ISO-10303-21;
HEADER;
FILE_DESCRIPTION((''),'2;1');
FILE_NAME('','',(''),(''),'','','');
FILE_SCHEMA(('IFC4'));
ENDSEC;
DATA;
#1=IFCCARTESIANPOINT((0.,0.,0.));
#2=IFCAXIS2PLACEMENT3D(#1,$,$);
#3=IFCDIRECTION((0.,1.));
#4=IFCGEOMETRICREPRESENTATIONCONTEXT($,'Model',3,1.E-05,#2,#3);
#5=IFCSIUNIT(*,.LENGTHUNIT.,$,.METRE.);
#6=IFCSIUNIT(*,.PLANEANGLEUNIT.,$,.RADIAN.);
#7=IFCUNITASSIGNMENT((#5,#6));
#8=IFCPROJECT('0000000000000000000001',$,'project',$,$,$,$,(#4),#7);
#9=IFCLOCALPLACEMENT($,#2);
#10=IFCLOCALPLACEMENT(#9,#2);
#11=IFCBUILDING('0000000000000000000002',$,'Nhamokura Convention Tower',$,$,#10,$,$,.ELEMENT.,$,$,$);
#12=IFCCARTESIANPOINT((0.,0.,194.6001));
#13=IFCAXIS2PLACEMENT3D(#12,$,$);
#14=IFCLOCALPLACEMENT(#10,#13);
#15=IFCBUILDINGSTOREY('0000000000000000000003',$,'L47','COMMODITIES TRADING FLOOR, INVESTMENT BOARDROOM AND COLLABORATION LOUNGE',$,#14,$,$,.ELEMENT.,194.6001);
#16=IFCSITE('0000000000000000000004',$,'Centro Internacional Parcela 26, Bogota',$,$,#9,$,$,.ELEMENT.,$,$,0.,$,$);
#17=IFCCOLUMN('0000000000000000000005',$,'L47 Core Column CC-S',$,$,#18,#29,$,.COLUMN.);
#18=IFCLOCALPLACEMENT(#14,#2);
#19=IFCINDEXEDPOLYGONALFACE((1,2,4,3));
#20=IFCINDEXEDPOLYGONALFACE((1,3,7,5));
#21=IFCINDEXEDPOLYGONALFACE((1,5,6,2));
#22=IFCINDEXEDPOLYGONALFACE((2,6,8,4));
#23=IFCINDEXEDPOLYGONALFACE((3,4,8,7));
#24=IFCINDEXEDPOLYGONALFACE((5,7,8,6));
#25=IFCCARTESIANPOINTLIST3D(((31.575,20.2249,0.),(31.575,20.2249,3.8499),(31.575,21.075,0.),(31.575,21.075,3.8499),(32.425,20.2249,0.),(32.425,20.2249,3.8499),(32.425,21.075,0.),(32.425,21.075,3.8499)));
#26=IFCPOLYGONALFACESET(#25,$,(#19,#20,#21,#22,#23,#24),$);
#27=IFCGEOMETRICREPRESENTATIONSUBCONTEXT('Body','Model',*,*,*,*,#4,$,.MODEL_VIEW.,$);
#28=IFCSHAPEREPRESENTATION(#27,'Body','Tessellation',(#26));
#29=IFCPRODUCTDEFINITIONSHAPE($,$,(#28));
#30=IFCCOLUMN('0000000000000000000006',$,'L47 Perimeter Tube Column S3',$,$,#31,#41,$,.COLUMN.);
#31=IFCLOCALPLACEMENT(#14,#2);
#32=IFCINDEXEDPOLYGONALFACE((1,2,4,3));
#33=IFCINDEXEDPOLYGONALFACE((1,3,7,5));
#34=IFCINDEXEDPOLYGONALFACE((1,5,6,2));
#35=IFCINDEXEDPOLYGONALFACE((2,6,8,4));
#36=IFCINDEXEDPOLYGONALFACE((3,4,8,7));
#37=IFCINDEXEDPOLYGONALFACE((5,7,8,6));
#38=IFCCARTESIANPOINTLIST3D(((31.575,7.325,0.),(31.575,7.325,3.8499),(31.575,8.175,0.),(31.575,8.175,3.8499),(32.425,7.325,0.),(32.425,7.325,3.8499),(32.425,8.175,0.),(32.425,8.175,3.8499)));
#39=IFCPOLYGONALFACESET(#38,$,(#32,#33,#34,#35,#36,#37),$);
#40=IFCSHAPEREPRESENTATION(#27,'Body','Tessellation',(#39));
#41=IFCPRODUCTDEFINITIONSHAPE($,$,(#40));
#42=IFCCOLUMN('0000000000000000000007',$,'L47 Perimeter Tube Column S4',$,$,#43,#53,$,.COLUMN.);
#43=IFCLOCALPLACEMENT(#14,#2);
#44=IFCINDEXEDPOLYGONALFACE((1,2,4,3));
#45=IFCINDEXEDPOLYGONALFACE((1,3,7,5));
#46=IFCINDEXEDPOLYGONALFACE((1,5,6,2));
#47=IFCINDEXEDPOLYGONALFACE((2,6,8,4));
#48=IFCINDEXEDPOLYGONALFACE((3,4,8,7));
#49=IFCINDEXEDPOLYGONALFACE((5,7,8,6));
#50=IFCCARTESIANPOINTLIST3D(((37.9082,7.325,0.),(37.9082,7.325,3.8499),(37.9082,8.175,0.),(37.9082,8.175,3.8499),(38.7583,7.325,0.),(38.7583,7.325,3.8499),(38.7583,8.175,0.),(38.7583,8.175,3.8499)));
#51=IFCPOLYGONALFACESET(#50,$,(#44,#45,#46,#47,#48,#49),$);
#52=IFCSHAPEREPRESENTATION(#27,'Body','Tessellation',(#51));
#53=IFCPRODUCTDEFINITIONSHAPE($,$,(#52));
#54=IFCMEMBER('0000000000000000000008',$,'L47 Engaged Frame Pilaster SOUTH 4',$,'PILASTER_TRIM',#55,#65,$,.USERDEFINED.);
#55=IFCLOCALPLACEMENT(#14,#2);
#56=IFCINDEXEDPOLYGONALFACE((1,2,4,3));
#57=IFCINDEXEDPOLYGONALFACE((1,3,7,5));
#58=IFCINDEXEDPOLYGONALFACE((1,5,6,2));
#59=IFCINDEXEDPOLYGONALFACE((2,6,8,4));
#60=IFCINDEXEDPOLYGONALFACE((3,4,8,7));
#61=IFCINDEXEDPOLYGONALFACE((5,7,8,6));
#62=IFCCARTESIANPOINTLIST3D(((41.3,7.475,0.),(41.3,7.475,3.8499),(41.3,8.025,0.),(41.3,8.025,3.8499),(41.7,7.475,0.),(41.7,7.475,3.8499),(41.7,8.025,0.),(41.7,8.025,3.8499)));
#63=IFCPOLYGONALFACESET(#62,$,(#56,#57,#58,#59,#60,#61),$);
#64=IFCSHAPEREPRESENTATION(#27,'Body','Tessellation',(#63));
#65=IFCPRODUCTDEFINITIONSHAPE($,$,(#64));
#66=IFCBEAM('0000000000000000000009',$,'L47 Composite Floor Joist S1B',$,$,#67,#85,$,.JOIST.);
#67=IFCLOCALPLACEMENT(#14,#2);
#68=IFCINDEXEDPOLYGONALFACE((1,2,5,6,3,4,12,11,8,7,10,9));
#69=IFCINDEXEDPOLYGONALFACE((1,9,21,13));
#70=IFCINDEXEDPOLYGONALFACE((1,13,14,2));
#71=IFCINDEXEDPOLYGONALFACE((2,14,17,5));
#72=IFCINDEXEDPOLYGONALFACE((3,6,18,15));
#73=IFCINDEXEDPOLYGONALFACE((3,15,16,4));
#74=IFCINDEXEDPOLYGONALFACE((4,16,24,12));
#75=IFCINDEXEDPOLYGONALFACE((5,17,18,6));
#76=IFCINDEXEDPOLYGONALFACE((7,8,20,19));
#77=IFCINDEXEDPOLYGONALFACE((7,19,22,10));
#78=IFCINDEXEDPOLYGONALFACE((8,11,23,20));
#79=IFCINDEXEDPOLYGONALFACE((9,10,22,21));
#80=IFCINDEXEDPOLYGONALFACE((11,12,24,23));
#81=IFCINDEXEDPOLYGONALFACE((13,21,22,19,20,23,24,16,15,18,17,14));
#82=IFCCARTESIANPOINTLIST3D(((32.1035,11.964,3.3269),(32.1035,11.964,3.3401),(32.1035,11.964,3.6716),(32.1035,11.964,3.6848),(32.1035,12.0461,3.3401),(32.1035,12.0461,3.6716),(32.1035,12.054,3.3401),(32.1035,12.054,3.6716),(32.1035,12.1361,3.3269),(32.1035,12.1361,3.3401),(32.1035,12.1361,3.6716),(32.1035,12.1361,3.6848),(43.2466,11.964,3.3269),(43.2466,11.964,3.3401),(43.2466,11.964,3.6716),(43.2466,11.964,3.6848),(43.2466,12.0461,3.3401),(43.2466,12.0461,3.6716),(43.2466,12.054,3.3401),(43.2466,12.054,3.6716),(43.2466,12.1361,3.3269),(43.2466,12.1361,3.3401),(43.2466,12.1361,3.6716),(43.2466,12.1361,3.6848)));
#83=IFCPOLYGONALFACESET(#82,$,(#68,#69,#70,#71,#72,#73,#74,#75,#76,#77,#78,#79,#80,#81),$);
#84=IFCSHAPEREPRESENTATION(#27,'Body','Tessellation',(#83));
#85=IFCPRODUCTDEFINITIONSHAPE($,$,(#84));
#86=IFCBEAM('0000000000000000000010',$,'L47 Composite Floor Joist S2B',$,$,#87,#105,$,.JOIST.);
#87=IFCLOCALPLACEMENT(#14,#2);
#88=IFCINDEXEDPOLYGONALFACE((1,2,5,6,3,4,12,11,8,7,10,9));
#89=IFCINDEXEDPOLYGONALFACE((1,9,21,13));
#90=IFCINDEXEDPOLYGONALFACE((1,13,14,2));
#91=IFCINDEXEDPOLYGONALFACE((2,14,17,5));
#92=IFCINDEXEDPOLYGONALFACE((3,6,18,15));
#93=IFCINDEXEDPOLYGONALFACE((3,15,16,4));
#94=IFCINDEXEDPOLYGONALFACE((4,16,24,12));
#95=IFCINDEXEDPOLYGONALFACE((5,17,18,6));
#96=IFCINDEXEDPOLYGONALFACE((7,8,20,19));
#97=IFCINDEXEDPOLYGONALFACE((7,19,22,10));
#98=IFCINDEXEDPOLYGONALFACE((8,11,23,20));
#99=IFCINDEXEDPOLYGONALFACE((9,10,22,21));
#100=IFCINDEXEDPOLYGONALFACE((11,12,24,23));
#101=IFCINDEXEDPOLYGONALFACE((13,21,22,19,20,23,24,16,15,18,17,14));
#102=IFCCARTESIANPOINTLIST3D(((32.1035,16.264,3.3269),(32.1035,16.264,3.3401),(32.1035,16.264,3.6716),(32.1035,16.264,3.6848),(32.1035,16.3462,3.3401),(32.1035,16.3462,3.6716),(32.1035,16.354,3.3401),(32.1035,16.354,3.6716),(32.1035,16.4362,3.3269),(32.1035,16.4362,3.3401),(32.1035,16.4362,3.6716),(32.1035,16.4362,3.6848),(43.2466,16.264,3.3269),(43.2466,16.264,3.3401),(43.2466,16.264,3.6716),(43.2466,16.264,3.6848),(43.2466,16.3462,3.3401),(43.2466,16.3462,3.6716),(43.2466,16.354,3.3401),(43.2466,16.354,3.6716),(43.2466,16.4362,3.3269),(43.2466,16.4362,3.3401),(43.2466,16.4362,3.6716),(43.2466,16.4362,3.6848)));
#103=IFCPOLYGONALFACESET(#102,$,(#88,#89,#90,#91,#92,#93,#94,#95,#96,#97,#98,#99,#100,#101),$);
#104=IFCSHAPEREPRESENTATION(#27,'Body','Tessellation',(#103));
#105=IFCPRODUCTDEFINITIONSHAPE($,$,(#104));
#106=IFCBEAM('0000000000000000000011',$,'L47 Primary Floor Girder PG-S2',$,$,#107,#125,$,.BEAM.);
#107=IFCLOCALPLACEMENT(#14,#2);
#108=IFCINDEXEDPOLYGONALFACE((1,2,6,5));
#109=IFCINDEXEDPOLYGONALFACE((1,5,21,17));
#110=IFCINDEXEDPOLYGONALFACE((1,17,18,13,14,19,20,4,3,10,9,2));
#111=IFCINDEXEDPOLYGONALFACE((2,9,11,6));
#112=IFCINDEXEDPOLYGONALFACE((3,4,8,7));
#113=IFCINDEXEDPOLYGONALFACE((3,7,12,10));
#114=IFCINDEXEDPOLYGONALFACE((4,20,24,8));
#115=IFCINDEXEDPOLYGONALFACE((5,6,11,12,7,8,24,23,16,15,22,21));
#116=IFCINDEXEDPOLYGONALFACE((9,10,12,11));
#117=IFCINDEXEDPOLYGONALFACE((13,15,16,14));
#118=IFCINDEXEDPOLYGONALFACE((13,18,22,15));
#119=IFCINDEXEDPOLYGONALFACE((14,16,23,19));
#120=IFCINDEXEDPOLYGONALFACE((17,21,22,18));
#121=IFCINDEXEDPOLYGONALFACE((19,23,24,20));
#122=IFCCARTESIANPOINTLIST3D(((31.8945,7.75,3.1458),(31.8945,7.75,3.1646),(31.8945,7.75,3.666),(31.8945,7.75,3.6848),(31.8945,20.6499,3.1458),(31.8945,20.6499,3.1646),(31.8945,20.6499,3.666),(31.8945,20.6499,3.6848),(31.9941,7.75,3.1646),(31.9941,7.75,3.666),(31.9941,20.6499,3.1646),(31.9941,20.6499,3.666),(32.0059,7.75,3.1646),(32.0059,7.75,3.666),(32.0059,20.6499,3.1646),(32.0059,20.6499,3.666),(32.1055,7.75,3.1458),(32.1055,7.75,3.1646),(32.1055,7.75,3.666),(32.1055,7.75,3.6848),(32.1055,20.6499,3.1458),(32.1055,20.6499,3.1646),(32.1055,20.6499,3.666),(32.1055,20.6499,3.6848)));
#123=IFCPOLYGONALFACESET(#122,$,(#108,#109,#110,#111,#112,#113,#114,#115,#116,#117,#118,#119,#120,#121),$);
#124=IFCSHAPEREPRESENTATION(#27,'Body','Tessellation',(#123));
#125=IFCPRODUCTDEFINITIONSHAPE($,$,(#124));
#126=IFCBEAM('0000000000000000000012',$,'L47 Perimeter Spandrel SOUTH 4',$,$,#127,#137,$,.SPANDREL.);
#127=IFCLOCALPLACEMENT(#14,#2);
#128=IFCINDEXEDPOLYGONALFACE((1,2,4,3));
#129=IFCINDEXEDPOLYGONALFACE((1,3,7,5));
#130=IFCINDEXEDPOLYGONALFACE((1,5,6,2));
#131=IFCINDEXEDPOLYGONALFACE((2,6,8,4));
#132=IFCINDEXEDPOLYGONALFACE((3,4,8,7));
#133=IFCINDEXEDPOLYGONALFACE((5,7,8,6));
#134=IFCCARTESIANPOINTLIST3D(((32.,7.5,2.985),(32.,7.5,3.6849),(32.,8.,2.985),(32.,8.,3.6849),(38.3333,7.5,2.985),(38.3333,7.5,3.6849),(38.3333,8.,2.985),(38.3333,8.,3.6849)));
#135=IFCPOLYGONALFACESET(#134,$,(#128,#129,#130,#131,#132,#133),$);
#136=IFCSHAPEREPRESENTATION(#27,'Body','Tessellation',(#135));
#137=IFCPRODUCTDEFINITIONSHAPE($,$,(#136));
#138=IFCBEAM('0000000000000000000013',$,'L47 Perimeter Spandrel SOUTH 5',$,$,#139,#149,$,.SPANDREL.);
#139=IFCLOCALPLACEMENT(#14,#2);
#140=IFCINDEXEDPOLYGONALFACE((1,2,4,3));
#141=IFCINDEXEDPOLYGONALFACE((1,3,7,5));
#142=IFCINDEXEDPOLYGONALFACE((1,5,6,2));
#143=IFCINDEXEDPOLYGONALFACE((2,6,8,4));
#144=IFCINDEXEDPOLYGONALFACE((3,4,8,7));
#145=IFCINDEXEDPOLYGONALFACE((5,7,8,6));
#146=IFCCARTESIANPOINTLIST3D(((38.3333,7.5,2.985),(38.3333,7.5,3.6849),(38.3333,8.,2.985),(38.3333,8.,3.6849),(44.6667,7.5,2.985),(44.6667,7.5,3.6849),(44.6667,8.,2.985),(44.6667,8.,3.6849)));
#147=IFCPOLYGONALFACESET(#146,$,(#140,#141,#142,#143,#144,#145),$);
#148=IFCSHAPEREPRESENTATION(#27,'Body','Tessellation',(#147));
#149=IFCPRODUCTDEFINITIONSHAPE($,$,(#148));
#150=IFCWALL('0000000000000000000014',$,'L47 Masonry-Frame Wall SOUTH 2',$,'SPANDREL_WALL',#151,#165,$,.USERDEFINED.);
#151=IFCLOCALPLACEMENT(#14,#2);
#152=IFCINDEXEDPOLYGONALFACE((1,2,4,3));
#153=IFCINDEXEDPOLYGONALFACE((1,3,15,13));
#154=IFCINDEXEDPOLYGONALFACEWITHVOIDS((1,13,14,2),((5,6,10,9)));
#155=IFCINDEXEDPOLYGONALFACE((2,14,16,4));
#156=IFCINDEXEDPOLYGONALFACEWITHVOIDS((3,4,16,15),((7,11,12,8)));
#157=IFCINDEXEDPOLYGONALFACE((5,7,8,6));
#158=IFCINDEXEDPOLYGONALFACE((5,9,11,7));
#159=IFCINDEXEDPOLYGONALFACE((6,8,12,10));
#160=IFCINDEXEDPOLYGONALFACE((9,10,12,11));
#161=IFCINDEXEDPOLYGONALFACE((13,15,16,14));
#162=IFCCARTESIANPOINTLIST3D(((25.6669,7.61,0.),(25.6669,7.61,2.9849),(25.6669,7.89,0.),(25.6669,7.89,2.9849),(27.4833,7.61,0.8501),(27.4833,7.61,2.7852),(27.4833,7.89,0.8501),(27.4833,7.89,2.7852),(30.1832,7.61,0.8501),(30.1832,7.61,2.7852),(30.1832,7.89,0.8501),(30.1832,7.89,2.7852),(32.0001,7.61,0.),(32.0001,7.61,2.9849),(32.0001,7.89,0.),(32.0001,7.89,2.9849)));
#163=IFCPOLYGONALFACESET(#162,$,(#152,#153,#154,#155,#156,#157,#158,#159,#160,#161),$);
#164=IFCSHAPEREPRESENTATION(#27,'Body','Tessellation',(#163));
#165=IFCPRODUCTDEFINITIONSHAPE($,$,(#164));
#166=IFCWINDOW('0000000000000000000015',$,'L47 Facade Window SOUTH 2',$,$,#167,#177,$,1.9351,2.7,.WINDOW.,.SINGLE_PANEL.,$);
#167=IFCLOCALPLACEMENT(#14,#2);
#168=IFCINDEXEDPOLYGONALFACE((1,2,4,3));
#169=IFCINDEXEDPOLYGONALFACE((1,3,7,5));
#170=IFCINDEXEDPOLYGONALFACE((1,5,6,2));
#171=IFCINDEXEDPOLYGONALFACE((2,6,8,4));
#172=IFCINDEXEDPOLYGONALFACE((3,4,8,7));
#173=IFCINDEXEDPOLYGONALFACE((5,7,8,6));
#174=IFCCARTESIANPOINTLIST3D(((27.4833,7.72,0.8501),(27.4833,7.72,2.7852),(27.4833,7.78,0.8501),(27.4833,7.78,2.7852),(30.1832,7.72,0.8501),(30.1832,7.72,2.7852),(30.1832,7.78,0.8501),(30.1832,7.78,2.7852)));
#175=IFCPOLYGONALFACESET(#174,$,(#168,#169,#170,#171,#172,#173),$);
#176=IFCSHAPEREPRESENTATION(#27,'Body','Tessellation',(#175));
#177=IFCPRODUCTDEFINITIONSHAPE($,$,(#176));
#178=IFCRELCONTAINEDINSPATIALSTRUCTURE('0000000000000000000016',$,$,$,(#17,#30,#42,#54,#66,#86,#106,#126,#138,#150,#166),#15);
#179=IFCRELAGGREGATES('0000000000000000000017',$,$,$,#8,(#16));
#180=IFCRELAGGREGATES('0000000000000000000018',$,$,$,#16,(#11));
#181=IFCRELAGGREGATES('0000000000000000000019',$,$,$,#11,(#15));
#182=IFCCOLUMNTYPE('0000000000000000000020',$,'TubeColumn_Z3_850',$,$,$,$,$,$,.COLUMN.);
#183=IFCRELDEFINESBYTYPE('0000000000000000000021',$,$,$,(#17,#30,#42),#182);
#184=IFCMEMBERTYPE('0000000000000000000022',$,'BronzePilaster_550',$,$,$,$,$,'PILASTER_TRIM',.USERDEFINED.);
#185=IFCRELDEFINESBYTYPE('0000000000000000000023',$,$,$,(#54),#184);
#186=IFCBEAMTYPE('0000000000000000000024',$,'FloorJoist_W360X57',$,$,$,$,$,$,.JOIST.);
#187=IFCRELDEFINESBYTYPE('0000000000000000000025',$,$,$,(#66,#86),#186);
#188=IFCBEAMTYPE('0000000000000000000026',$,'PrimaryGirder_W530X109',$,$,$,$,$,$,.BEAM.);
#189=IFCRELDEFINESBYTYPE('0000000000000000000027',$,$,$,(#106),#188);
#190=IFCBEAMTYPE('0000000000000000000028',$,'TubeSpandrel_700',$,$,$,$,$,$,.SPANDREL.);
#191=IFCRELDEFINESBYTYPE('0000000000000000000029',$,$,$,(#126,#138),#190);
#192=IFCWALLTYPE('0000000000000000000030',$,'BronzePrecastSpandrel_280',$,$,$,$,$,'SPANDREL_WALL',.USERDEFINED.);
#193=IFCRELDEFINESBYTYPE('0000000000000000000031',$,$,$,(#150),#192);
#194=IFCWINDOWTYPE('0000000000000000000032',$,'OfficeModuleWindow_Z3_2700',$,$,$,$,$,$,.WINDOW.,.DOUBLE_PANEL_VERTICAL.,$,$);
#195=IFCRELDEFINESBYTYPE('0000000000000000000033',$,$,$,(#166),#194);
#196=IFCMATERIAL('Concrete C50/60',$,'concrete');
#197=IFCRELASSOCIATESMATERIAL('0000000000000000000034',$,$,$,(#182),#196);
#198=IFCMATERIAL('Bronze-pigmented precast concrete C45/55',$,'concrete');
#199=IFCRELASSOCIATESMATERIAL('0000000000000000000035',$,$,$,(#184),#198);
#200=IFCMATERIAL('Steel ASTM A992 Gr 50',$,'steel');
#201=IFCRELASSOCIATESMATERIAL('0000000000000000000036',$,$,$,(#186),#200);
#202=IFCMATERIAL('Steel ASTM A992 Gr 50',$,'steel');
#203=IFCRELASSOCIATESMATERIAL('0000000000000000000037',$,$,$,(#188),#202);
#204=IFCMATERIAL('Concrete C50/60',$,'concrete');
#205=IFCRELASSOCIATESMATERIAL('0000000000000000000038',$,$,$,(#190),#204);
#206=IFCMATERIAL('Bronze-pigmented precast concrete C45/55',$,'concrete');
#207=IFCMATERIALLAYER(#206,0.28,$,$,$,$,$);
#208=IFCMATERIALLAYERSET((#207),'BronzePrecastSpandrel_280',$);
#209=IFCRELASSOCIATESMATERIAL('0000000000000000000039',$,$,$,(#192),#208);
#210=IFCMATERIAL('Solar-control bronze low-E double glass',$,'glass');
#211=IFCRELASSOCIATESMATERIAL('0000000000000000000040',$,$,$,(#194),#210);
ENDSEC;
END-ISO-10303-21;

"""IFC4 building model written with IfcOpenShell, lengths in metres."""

from ifc_helpers import new_model, si_unit, direction, frame, frame_2d, origin, origin_2d, place, context, subcontext, project, spatial, rectangle, i_section, extrude, material, layer, layer_set, material_profile, profile_set, type_object, element, fill, save


model = new_model("IFC4")

# Units and contexts
model_context = context("Model", 3, precision=1e-05, world=origin(), true_north=direction((0.0, 1.0)))
body_context = subcontext(model_context, "Body", "Model", "MODEL_VIEW")
ifc_project = project(units=[si_unit("LENGTHUNIT", "METRE"), si_unit("PLANEANGLEUNIT", "RADIAN")], contexts=[model_context])

# Site, building, storey
site_placement = place(None, origin())
site = spatial("IfcSite", under=ifc_project, at=site_placement, Name="Centro Internacional Parcela 26, Bogota", CompositionType="ELEMENT", RefElevation=0.0)
building_placement = place(site_placement, origin())
building = spatial("IfcBuilding", under=site, at=building_placement, Name="Nhamokura Convention Tower", CompositionType="ELEMENT")
storey_placement = place(building_placement, frame((0.0, 0.0, 194.6001)))
storey = spatial("IfcBuildingStorey", under=building, at=storey_placement, Name="L47", Description="COMMODITIES TRADING FLOOR, INVESTMENT BOARDROOM AND COLLABORATION LOUNGE", CompositionType="ELEMENT", Elevation=194.6001)

# Columns
ifc_material_1 = material(Name="Concrete C50/60", Category="concrete")
ifc_material_profile_1 = material_profile(ifc_material_1, rectangle(XDim=0.8501, YDim=0.8501, at=origin_2d()))
ifc_profile_set_1 = profile_set([ifc_material_profile_1], Name="Concrete C50/60")
column_type = type_object("IfcColumnType", Name="TubeColumn_Z3_850", PredefinedType="COLUMN", material=ifc_profile_set_1)
for number, where, z_axis, x_axis, name in (
    (1, (32.0, 20.6499, 0.0), (0.0, 0.0, 1.0), (1.0, 0.0, 0.0), "L47 Core Column CC-S"),
    (2, (32.0, 7.75, 0.0), (0.0, 0.0, 1.0), (1.0, 0.0, 0.0), "L47 Perimeter Tube Column S3"),
    (3, (38.3333, 7.75, 0.0), (0.0, 0.0, 1.0), (1.0, 0.0, 0.0), "L47 Perimeter Tube Column S4"),
):
    element("IfcColumn", number, at=place(storey_placement, frame(where, z_axis=z_axis, x_axis=x_axis)), inside=storey, type_object=column_type, Name=name, PredefinedType="COLUMN", context=body_context, shape_type="SweptSolid", body=[
        extrude(rectangle(XDim=0.8501, YDim=0.8501, at=origin_2d()), origin(), (0.0, 0.0, 1.0), 3.8499),
    ])

# Member
ifc_material_2 = material(Name="Bronze-pigmented precast concrete C45/55", Category="concrete")
ifc_material_profile_2 = material_profile(ifc_material_2, rectangle(XDim=0.3999, YDim=0.55, at=origin_2d()))
ifc_profile_set_2 = profile_set([ifc_material_profile_2], Name="Bronze-pigmented precast concrete C45/55")
member_type = type_object("IfcMemberType", Name="BronzePilaster_550", ElementType="PILASTER_TRIM", PredefinedType="USERDEFINED", material=ifc_profile_set_2)
member_placement = place(storey_placement, frame((41.5, 7.75, 0.0), z_axis=(0.0, 0.0, 1.0), x_axis=(1.0, 0.0, 0.0)))
element("IfcMember", 4, at=member_placement, inside=storey, type_object=member_type, Name="L47 Engaged Frame Pilaster SOUTH 4", ObjectType="PILASTER_TRIM", PredefinedType="USERDEFINED", context=body_context, shape_type="SweptSolid", body=[
    extrude(rectangle(XDim=0.3999, YDim=0.55, at=origin_2d()), origin(), (0.0, 0.0, 1.0), 3.8499),
])

# Beams
ifc_material_3 = material(Name="Steel ASTM A992 Gr 50", Category="steel")
ifc_material_profile_3 = material_profile(ifc_material_3, i_section(OverallWidth=0.1721, OverallDepth=0.3579, WebThickness=0.0078, FlangeThickness=0.0132, at=origin_2d()))
ifc_profile_set_3 = profile_set([ifc_material_profile_3], Name="Steel ASTM A992 Gr 50")
beam_type_1 = type_object("IfcBeamType", Name="FloorJoist_W360X57", PredefinedType="JOIST", material=ifc_profile_set_3)
for number, where, z_axis, x_axis, name in (
    (5, (32.1035, 12.05, 3.5059), (1.0, 0.0, 0.0), (0.0, 1.0, 0.0), "L47 Composite Floor Joist S1B"),
    (6, (32.1035, 16.3501, 3.5059), (1.0, 0.0, 0.0), (0.0, 1.0, 0.0), "L47 Composite Floor Joist S2B"),
):
    element("IfcBeam", number, at=place(storey_placement, frame(where, z_axis=z_axis, x_axis=x_axis)), inside=storey, type_object=beam_type_1, Name=name, PredefinedType="JOIST", context=body_context, shape_type="SweptSolid", body=[
        extrude(i_section(OverallWidth=0.1721, OverallDepth=0.3579, WebThickness=0.0078, FlangeThickness=0.0132, at=origin_2d()), origin(), (0.0, 0.0, 1.0), 11.1431),
    ])
ifc_material_4 = material(Name="Steel ASTM A992 Gr 50", Category="steel")
ifc_material_profile_4 = material_profile(ifc_material_4, i_section(OverallWidth=0.2109, OverallDepth=0.5391, WebThickness=0.0117, FlangeThickness=0.0188, at=origin_2d()))
ifc_profile_set_4 = profile_set([ifc_material_profile_4], Name="Steel ASTM A992 Gr 50")
beam_type_2 = type_object("IfcBeamType", Name="PrimaryGirder_W530X109", PredefinedType="BEAM", material=ifc_profile_set_4)
beam_1_placement = place(storey_placement, frame((32.0, 7.75, 3.4153), z_axis=(0.0, 1.0, 0.0), x_axis=(-1.0, 0.0, 0.0)))
element("IfcBeam", 7, at=beam_1_placement, inside=storey, type_object=beam_type_2, Name="L47 Primary Floor Girder PG-S2", PredefinedType="BEAM", context=body_context, shape_type="SweptSolid", body=[
    extrude(i_section(OverallWidth=0.2109, OverallDepth=0.5391, WebThickness=0.0117, FlangeThickness=0.0188, at=origin_2d()), origin(), (0.0, 0.0, 1.0), 12.8999),
])
ifc_material_5 = material(Name="Concrete C50/60", Category="concrete")
ifc_material_profile_5 = material_profile(ifc_material_5, rectangle(XDim=0.5, YDim=0.7, at=origin_2d()))
ifc_profile_set_5 = profile_set([ifc_material_profile_5], Name="Concrete C50/60")
beam_type_3 = type_object("IfcBeamType", Name="TubeSpandrel_700", PredefinedType="SPANDREL", material=ifc_profile_set_5)
beam_2_placement = place(storey_placement, frame((32.0, 7.75, 3.335), z_axis=(1.0, 0.0, 0.0), x_axis=(0.0, 1.0, 0.0)))
element("IfcBeam", 8, at=beam_2_placement, inside=storey, type_object=beam_type_3, Name="L47 Perimeter Spandrel SOUTH 4", PredefinedType="SPANDREL", context=body_context, shape_type="SweptSolid", body=[
    extrude(rectangle(XDim=0.5, YDim=0.7, at=origin_2d()), origin(), (0.0, 0.0, 1.0), 6.3333),
])
beam_3_placement = place(storey_placement, frame((38.3333, 7.75, 3.335), z_axis=(1.0, 0.0, 0.0), x_axis=(0.0, 1.0, 0.0)))
element("IfcBeam", 9, at=beam_3_placement, inside=storey, type_object=beam_type_3, Name="L47 Perimeter Spandrel SOUTH 5", PredefinedType="SPANDREL", context=body_context, shape_type="SweptSolid", body=[
    extrude(rectangle(XDim=0.5, YDim=0.7, at=origin_2d()), origin(), (0.0, 0.0, 1.0), 6.3335),
])

# Wall, opening, window
ifc_material_6 = material(Name="Bronze-pigmented precast concrete C45/55", Category="concrete")
ifc_layer_1 = layer(ifc_material_6, 0.28)
ifc_layer_set_1 = layer_set([ifc_layer_1], Name="BronzePrecastSpandrel_280")
wall_type_1 = type_object("IfcWallType", Name="BronzePrecastSpandrel_280", ElementType="SPANDREL_WALL", PredefinedType="USERDEFINED", material=ifc_layer_set_1)
wall_1_placement = place(storey_placement, frame((32.0, 7.75, 0.0), z_axis=(0.0, 0.0, 1.0), x_axis=(-1.0, 0.0, 0.0)))
wall_1 = element("IfcWall", 10, at=wall_1_placement, inside=storey, type_object=wall_type_1, Name="L47 Masonry-Frame Wall SOUTH 2", ObjectType="SPANDREL_WALL", PredefinedType="USERDEFINED", context=body_context, shape_type="SweptSolid", body=[
    extrude(rectangle(XDim=6.3333, YDim=0.28, at=frame_2d((3.1665, 0.0))), origin(), (0.0, 0.0, 1.0), 2.9849),
])
opening_1_placement = place(wall_1_placement, frame((1.8167, 0.0, 0.8501)))
opening_1 = element("IfcOpeningElement", 11, at=opening_1_placement, cuts=wall_1, PredefinedType="OPENING", context=body_context, shape_type="SweptSolid", body=[
    extrude(rectangle(XDim=2.7, YDim=1.9351, at=frame_2d((1.3501, 0.9675))), frame((0.0, 0.1499, 0.0), z_axis=(0.0, -1.0, 0.0), x_axis=(1.0, 0.0, 0.0)), (0.0, 0.0, 1.0), 0.3),
])
ifc_material_7 = material(Name="Solar-control bronze low-E double glass", Category="glass")
window_type = type_object("IfcWindowType", Name="OfficeModuleWindow_Z3_2700", PartitioningType="DOUBLE_PANEL_VERTICAL", PredefinedType="WINDOW", material=ifc_material_7)
window_1_placement = place(opening_1_placement, origin())
window_1 = element("IfcWindow", 12, at=window_1_placement, inside=storey, type_object=window_type, Name="L47 Facade Window SOUTH 2", OverallHeight=1.9351, OverallWidth=2.7, PartitioningType="SINGLE_PANEL", PredefinedType="WINDOW", context=body_context, shape_type="SweptSolid", body=[
    extrude(rectangle(XDim=2.7, YDim=1.9351, at=frame_2d((1.3501, 0.9675))), frame((0.0, 0.03, 0.0), z_axis=(0.0, -1.0, 0.0), x_axis=(1.0, 0.0, 0.0)), (0.0, 0.0, 1.0), 0.0601),
])
fill(opening_1, window_1)

save(model, "model.ifc")
